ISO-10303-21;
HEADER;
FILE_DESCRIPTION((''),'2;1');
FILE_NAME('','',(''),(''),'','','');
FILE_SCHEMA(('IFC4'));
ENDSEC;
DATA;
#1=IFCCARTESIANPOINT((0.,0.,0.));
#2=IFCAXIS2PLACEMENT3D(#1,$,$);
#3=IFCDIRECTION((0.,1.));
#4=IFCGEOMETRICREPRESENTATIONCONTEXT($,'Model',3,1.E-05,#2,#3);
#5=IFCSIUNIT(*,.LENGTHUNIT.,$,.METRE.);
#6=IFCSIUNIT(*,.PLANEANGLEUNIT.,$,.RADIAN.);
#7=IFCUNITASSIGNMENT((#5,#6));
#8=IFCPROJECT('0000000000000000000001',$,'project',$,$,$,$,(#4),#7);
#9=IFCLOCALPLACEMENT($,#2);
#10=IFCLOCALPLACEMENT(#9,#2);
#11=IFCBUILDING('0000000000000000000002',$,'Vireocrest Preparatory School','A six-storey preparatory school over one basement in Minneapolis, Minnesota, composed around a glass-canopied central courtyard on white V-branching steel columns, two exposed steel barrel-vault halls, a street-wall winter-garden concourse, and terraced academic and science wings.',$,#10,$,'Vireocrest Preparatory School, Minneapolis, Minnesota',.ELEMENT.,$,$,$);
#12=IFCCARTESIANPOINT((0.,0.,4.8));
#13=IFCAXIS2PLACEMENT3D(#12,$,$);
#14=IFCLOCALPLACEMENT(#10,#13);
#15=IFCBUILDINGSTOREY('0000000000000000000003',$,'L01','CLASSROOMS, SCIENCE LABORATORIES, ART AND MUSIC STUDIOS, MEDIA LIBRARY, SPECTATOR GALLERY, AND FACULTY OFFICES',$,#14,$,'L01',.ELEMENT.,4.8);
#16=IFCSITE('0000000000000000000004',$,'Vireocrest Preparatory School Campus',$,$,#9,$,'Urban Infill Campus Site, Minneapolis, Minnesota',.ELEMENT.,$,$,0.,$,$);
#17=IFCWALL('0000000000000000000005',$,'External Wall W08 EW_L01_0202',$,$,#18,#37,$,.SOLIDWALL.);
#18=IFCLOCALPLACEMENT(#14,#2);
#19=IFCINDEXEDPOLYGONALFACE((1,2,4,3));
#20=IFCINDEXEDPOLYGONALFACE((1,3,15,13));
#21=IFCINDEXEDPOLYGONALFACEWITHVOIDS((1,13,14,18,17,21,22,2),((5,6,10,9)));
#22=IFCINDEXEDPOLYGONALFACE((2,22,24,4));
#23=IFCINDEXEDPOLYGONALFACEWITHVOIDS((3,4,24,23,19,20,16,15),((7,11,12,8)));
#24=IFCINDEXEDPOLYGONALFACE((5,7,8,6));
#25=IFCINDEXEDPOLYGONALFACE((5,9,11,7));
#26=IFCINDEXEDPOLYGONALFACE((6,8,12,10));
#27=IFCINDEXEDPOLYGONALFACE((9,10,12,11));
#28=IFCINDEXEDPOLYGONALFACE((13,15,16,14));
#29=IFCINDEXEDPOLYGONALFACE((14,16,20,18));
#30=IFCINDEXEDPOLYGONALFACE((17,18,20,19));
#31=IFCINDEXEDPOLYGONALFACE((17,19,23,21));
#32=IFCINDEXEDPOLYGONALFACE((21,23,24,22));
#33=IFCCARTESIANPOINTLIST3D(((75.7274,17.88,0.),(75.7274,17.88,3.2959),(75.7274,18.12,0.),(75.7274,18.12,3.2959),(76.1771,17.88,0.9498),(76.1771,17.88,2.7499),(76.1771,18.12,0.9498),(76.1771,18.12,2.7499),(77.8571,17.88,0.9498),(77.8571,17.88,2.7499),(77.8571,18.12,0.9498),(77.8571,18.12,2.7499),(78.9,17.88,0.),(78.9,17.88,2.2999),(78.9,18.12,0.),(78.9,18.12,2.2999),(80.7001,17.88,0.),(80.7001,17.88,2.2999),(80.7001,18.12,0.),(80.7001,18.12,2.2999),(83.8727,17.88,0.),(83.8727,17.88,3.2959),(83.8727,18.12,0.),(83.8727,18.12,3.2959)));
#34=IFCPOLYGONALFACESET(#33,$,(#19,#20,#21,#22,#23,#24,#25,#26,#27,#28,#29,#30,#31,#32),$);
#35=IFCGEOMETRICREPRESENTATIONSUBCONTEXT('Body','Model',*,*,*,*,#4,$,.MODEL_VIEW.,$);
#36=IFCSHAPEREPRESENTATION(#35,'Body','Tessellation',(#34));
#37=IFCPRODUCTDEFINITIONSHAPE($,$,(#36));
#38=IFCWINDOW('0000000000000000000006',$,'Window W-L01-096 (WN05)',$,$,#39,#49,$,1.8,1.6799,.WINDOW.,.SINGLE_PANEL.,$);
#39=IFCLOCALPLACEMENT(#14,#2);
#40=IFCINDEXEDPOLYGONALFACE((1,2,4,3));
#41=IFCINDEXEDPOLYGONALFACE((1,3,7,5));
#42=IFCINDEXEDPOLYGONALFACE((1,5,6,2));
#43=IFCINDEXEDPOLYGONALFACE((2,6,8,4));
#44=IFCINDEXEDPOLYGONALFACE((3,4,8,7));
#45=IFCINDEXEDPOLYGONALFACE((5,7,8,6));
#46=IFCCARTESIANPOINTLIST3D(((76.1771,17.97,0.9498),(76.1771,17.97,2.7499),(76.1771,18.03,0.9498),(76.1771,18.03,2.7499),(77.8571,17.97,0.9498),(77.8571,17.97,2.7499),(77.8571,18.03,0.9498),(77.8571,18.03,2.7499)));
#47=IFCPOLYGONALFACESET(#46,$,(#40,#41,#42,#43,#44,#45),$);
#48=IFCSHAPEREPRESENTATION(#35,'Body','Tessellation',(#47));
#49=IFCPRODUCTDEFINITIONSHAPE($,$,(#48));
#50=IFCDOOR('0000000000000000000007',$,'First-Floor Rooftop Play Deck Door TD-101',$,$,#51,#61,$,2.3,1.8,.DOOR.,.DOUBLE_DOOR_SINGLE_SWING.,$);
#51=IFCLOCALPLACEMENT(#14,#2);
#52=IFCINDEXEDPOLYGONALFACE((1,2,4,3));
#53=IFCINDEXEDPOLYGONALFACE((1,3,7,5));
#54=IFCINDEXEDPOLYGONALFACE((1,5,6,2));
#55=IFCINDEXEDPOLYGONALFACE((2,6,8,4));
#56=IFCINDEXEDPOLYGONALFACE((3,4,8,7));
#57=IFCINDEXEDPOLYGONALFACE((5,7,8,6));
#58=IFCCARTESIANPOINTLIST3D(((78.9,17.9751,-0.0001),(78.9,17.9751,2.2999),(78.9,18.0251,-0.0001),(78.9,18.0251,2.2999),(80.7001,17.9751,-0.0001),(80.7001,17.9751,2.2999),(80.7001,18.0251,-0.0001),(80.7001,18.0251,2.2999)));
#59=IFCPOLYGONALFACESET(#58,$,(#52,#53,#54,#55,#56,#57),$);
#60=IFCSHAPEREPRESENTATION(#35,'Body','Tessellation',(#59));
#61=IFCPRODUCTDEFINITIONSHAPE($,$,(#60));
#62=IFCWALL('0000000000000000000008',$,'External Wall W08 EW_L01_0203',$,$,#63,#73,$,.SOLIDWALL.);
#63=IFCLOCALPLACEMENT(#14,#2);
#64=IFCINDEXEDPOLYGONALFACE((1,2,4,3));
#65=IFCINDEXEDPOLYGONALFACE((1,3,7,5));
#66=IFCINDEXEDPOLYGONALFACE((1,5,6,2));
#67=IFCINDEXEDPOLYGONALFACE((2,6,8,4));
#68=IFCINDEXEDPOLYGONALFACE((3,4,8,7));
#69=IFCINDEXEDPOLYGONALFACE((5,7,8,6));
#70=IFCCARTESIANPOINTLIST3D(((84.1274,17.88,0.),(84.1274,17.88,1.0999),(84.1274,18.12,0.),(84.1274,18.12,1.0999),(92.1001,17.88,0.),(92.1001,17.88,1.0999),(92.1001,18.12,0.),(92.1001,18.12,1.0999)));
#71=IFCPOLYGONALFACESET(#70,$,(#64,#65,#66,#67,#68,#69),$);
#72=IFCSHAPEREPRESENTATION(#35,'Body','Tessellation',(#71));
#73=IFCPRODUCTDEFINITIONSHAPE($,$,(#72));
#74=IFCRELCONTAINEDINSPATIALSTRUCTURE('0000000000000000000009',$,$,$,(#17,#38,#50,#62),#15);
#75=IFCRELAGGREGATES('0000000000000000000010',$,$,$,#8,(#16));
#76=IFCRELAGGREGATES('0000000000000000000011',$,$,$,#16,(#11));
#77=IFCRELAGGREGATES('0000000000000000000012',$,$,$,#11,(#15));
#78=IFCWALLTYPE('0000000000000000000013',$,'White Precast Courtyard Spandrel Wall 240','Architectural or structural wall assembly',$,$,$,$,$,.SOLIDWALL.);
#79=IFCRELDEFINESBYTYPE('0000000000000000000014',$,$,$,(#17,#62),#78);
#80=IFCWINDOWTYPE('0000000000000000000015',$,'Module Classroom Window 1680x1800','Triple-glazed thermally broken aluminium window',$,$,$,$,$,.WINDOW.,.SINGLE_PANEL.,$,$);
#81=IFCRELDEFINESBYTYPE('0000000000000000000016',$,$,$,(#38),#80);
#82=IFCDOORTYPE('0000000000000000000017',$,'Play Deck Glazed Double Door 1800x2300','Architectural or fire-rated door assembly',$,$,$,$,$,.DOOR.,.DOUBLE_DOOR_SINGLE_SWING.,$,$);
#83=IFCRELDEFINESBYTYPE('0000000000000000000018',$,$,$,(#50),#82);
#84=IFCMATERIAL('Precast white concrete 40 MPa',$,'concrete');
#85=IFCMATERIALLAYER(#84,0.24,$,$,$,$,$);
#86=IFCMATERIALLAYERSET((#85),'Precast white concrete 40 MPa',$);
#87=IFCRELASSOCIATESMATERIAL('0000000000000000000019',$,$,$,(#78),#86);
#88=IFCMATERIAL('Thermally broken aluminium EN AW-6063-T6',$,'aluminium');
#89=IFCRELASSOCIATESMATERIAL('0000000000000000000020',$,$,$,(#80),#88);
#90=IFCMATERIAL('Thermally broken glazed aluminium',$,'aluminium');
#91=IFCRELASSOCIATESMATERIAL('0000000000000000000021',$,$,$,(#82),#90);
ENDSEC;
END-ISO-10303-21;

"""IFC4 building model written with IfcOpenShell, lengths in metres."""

from ifc_helpers import new_model, si_unit, direction, frame, frame_2d, origin, place, context, subcontext, project, spatial, rectangle, extrude, material, layer, layer_set, type_object, element, fill, save


model = new_model("IFC4")

# Units and contexts
model_context = context("Model", 3, precision=1e-05, world=origin(), true_north=direction((0.0, 1.0)))
body_context = subcontext(model_context, "Body", "Model", "MODEL_VIEW")
ifc_project = project(units=[si_unit("LENGTHUNIT", "METRE"), si_unit("PLANEANGLEUNIT", "RADIAN")], contexts=[model_context])

# Site, building, storey
site_placement = place(None, origin())
site = spatial("IfcSite", under=ifc_project, at=site_placement, Name="Vireocrest Preparatory School Campus", LongName="Urban Infill Campus Site, Minneapolis, Minnesota", CompositionType="ELEMENT", RefElevation=0.0)
building_placement = place(site_placement, origin())
building = spatial("IfcBuilding", under=site, at=building_placement, Name="Vireocrest Preparatory School", Description="A six-storey preparatory school over one basement in Minneapolis, Minnesota, composed around a glass-canopied central courtyard on white V-branching steel columns, two exposed steel barrel-vault halls, a street-wall winter-garden concourse, and terraced academic and science wings.", LongName="Vireocrest Preparatory School, Minneapolis, Minnesota", CompositionType="ELEMENT")
storey_placement = place(building_placement, frame((0.0, 0.0, 4.8)))
storey = spatial("IfcBuildingStorey", under=building, at=storey_placement, Name="L01", Description="CLASSROOMS, SCIENCE LABORATORIES, ART AND MUSIC STUDIOS, MEDIA LIBRARY, SPECTATOR GALLERY, AND FACULTY OFFICES", LongName="L01", CompositionType="ELEMENT", Elevation=4.8)

# Shared definitions
ifc_material_1 = material(Name="Thermally broken aluminium EN AW-6063-T6", Category="aluminium")

# Wall, openings, window, door
ifc_material_2 = material(Name="Precast white concrete 40 MPa", Category="concrete")
ifc_layer_1 = layer(ifc_material_2, 0.24)
ifc_layer_set_1 = layer_set([ifc_layer_1], Name="Precast white concrete 40 MPa")
wall_type = type_object("IfcWallType", Name="White Precast Courtyard Spandrel Wall 240", Description="Architectural or structural wall assembly", PredefinedType="SOLIDWALL", material=ifc_layer_set_1)
wall_1_placement = place(storey_placement, frame((75.7273, 18.0, 0.0), z_axis=(0.0, 0.0, 1.0), x_axis=(1.0, 0.0, 0.0)))
wall_1 = element("IfcWall", 1, at=wall_1_placement, inside=storey, type_object=wall_type, Name="External Wall W08 EW_L01_0202", PredefinedType="SOLIDWALL", context=body_context, shape_type="SweptSolid", body=[
    extrude(rectangle(XDim=8.1453, YDim=0.24, at=frame_2d((4.0728, 0.0))), origin(), (0.0, 0.0, 1.0), 3.2959),
])
opening_1_placement = place(wall_1_placement, frame((4.9727, 0.0, 0.0), z_axis=(0.0, 0.0, 1.0), x_axis=(-1.0, 0.0, 0.0)))
opening_1 = element("IfcOpeningElement", 2, at=opening_1_placement, cuts=wall_1, PredefinedType="OPENING", context=body_context, shape_type="SweptSolid", body=[
    extrude(rectangle(XDim=1.8, YDim=2.3, at=frame_2d((0.8999, 1.1499))), frame((0.0, 0.1299, 0.0), z_axis=(0.0, -1.0, 0.0), x_axis=(1.0, 0.0, 0.0)), (0.0, 0.0, 1.0), 0.26),
])
opening_2_placement = place(wall_1_placement, frame((0.45, 0.0, 0.95)))
opening_2 = element("IfcOpeningElement", 3, at=opening_2_placement, cuts=wall_1, PredefinedType="OPENING", context=body_context, shape_type="SweptSolid", body=[
    extrude(rectangle(XDim=1.6799, YDim=1.8, at=frame_2d((0.8398, 0.8999))), frame((0.0, 0.1299, 0.0), z_axis=(0.0, -1.0, 0.0), x_axis=(1.0, 0.0, 0.0)), (0.0, 0.0, 1.0), 0.26),
])
window_type = type_object("IfcWindowType", Name="Module Classroom Window 1680x1800", Description="Triple-glazed thermally broken aluminium window", PartitioningType="SINGLE_PANEL", PredefinedType="WINDOW", material=ifc_material_1)
window_placement = place(opening_2_placement, origin())
window = element("IfcWindow", 4, at=window_placement, inside=storey, type_object=window_type, Name="Window W-L01-096 (WN05)", OverallHeight=1.8, OverallWidth=1.6799, PartitioningType="SINGLE_PANEL", PredefinedType="WINDOW", context=body_context, shape_type="SweptSolid", body=[
    extrude(rectangle(XDim=1.6799, YDim=1.8, at=frame_2d((0.8398, 0.8999))), frame((0.0, 0.03, 0.0), z_axis=(0.0, -1.0, 0.0), x_axis=(1.0, 0.0, 0.0)), (0.0, 0.0, 1.0), 0.0601),
])
fill(opening_2, window)
ifc_material_3 = material(Name="Thermally broken glazed aluminium", Category="aluminium")
door_type = type_object("IfcDoorType", Name="Play Deck Glazed Double Door 1800x2300", Description="Architectural or fire-rated door assembly", OperationType="DOUBLE_DOOR_SINGLE_SWING", PredefinedType="DOOR", material=ifc_material_3)
door_placement = place(opening_1_placement, origin())
door = element("IfcDoor", 5, at=door_placement, inside=storey, type_object=door_type, Name="First-Floor Rooftop Play Deck Door TD-101", OperationType="DOUBLE_DOOR_SINGLE_SWING", OverallHeight=2.3, OverallWidth=1.8, PredefinedType="DOOR", context=body_context, shape_type="SweptSolid", body=[
    extrude(rectangle(XDim=1.8, YDim=2.3, at=frame_2d((0.8999, 1.1499))), frame((0.0, 0.0249, 0.0), z_axis=(0.0, -1.0, 0.0), x_axis=(1.0, 0.0, 0.0)), (0.0, 0.0, 1.0), 0.05),
])
fill(opening_1, door)

# Wall
wall_2_placement = place(storey_placement, frame((84.1274, 18.0, 0.0), z_axis=(0.0, 0.0, 1.0), x_axis=(1.0, 0.0, 0.0)))
element("IfcWall", 6, at=wall_2_placement, inside=storey, type_object=wall_type, Name="External Wall W08 EW_L01_0203", PredefinedType="SOLIDWALL", context=body_context, shape_type="SweptSolid", body=[
    extrude(rectangle(XDim=7.9727, YDim=0.24, at=frame_2d((3.9863, 0.0))), origin(), (0.0, 0.0, 1.0), 1.0999),
])

save(model, "model.ifc")
